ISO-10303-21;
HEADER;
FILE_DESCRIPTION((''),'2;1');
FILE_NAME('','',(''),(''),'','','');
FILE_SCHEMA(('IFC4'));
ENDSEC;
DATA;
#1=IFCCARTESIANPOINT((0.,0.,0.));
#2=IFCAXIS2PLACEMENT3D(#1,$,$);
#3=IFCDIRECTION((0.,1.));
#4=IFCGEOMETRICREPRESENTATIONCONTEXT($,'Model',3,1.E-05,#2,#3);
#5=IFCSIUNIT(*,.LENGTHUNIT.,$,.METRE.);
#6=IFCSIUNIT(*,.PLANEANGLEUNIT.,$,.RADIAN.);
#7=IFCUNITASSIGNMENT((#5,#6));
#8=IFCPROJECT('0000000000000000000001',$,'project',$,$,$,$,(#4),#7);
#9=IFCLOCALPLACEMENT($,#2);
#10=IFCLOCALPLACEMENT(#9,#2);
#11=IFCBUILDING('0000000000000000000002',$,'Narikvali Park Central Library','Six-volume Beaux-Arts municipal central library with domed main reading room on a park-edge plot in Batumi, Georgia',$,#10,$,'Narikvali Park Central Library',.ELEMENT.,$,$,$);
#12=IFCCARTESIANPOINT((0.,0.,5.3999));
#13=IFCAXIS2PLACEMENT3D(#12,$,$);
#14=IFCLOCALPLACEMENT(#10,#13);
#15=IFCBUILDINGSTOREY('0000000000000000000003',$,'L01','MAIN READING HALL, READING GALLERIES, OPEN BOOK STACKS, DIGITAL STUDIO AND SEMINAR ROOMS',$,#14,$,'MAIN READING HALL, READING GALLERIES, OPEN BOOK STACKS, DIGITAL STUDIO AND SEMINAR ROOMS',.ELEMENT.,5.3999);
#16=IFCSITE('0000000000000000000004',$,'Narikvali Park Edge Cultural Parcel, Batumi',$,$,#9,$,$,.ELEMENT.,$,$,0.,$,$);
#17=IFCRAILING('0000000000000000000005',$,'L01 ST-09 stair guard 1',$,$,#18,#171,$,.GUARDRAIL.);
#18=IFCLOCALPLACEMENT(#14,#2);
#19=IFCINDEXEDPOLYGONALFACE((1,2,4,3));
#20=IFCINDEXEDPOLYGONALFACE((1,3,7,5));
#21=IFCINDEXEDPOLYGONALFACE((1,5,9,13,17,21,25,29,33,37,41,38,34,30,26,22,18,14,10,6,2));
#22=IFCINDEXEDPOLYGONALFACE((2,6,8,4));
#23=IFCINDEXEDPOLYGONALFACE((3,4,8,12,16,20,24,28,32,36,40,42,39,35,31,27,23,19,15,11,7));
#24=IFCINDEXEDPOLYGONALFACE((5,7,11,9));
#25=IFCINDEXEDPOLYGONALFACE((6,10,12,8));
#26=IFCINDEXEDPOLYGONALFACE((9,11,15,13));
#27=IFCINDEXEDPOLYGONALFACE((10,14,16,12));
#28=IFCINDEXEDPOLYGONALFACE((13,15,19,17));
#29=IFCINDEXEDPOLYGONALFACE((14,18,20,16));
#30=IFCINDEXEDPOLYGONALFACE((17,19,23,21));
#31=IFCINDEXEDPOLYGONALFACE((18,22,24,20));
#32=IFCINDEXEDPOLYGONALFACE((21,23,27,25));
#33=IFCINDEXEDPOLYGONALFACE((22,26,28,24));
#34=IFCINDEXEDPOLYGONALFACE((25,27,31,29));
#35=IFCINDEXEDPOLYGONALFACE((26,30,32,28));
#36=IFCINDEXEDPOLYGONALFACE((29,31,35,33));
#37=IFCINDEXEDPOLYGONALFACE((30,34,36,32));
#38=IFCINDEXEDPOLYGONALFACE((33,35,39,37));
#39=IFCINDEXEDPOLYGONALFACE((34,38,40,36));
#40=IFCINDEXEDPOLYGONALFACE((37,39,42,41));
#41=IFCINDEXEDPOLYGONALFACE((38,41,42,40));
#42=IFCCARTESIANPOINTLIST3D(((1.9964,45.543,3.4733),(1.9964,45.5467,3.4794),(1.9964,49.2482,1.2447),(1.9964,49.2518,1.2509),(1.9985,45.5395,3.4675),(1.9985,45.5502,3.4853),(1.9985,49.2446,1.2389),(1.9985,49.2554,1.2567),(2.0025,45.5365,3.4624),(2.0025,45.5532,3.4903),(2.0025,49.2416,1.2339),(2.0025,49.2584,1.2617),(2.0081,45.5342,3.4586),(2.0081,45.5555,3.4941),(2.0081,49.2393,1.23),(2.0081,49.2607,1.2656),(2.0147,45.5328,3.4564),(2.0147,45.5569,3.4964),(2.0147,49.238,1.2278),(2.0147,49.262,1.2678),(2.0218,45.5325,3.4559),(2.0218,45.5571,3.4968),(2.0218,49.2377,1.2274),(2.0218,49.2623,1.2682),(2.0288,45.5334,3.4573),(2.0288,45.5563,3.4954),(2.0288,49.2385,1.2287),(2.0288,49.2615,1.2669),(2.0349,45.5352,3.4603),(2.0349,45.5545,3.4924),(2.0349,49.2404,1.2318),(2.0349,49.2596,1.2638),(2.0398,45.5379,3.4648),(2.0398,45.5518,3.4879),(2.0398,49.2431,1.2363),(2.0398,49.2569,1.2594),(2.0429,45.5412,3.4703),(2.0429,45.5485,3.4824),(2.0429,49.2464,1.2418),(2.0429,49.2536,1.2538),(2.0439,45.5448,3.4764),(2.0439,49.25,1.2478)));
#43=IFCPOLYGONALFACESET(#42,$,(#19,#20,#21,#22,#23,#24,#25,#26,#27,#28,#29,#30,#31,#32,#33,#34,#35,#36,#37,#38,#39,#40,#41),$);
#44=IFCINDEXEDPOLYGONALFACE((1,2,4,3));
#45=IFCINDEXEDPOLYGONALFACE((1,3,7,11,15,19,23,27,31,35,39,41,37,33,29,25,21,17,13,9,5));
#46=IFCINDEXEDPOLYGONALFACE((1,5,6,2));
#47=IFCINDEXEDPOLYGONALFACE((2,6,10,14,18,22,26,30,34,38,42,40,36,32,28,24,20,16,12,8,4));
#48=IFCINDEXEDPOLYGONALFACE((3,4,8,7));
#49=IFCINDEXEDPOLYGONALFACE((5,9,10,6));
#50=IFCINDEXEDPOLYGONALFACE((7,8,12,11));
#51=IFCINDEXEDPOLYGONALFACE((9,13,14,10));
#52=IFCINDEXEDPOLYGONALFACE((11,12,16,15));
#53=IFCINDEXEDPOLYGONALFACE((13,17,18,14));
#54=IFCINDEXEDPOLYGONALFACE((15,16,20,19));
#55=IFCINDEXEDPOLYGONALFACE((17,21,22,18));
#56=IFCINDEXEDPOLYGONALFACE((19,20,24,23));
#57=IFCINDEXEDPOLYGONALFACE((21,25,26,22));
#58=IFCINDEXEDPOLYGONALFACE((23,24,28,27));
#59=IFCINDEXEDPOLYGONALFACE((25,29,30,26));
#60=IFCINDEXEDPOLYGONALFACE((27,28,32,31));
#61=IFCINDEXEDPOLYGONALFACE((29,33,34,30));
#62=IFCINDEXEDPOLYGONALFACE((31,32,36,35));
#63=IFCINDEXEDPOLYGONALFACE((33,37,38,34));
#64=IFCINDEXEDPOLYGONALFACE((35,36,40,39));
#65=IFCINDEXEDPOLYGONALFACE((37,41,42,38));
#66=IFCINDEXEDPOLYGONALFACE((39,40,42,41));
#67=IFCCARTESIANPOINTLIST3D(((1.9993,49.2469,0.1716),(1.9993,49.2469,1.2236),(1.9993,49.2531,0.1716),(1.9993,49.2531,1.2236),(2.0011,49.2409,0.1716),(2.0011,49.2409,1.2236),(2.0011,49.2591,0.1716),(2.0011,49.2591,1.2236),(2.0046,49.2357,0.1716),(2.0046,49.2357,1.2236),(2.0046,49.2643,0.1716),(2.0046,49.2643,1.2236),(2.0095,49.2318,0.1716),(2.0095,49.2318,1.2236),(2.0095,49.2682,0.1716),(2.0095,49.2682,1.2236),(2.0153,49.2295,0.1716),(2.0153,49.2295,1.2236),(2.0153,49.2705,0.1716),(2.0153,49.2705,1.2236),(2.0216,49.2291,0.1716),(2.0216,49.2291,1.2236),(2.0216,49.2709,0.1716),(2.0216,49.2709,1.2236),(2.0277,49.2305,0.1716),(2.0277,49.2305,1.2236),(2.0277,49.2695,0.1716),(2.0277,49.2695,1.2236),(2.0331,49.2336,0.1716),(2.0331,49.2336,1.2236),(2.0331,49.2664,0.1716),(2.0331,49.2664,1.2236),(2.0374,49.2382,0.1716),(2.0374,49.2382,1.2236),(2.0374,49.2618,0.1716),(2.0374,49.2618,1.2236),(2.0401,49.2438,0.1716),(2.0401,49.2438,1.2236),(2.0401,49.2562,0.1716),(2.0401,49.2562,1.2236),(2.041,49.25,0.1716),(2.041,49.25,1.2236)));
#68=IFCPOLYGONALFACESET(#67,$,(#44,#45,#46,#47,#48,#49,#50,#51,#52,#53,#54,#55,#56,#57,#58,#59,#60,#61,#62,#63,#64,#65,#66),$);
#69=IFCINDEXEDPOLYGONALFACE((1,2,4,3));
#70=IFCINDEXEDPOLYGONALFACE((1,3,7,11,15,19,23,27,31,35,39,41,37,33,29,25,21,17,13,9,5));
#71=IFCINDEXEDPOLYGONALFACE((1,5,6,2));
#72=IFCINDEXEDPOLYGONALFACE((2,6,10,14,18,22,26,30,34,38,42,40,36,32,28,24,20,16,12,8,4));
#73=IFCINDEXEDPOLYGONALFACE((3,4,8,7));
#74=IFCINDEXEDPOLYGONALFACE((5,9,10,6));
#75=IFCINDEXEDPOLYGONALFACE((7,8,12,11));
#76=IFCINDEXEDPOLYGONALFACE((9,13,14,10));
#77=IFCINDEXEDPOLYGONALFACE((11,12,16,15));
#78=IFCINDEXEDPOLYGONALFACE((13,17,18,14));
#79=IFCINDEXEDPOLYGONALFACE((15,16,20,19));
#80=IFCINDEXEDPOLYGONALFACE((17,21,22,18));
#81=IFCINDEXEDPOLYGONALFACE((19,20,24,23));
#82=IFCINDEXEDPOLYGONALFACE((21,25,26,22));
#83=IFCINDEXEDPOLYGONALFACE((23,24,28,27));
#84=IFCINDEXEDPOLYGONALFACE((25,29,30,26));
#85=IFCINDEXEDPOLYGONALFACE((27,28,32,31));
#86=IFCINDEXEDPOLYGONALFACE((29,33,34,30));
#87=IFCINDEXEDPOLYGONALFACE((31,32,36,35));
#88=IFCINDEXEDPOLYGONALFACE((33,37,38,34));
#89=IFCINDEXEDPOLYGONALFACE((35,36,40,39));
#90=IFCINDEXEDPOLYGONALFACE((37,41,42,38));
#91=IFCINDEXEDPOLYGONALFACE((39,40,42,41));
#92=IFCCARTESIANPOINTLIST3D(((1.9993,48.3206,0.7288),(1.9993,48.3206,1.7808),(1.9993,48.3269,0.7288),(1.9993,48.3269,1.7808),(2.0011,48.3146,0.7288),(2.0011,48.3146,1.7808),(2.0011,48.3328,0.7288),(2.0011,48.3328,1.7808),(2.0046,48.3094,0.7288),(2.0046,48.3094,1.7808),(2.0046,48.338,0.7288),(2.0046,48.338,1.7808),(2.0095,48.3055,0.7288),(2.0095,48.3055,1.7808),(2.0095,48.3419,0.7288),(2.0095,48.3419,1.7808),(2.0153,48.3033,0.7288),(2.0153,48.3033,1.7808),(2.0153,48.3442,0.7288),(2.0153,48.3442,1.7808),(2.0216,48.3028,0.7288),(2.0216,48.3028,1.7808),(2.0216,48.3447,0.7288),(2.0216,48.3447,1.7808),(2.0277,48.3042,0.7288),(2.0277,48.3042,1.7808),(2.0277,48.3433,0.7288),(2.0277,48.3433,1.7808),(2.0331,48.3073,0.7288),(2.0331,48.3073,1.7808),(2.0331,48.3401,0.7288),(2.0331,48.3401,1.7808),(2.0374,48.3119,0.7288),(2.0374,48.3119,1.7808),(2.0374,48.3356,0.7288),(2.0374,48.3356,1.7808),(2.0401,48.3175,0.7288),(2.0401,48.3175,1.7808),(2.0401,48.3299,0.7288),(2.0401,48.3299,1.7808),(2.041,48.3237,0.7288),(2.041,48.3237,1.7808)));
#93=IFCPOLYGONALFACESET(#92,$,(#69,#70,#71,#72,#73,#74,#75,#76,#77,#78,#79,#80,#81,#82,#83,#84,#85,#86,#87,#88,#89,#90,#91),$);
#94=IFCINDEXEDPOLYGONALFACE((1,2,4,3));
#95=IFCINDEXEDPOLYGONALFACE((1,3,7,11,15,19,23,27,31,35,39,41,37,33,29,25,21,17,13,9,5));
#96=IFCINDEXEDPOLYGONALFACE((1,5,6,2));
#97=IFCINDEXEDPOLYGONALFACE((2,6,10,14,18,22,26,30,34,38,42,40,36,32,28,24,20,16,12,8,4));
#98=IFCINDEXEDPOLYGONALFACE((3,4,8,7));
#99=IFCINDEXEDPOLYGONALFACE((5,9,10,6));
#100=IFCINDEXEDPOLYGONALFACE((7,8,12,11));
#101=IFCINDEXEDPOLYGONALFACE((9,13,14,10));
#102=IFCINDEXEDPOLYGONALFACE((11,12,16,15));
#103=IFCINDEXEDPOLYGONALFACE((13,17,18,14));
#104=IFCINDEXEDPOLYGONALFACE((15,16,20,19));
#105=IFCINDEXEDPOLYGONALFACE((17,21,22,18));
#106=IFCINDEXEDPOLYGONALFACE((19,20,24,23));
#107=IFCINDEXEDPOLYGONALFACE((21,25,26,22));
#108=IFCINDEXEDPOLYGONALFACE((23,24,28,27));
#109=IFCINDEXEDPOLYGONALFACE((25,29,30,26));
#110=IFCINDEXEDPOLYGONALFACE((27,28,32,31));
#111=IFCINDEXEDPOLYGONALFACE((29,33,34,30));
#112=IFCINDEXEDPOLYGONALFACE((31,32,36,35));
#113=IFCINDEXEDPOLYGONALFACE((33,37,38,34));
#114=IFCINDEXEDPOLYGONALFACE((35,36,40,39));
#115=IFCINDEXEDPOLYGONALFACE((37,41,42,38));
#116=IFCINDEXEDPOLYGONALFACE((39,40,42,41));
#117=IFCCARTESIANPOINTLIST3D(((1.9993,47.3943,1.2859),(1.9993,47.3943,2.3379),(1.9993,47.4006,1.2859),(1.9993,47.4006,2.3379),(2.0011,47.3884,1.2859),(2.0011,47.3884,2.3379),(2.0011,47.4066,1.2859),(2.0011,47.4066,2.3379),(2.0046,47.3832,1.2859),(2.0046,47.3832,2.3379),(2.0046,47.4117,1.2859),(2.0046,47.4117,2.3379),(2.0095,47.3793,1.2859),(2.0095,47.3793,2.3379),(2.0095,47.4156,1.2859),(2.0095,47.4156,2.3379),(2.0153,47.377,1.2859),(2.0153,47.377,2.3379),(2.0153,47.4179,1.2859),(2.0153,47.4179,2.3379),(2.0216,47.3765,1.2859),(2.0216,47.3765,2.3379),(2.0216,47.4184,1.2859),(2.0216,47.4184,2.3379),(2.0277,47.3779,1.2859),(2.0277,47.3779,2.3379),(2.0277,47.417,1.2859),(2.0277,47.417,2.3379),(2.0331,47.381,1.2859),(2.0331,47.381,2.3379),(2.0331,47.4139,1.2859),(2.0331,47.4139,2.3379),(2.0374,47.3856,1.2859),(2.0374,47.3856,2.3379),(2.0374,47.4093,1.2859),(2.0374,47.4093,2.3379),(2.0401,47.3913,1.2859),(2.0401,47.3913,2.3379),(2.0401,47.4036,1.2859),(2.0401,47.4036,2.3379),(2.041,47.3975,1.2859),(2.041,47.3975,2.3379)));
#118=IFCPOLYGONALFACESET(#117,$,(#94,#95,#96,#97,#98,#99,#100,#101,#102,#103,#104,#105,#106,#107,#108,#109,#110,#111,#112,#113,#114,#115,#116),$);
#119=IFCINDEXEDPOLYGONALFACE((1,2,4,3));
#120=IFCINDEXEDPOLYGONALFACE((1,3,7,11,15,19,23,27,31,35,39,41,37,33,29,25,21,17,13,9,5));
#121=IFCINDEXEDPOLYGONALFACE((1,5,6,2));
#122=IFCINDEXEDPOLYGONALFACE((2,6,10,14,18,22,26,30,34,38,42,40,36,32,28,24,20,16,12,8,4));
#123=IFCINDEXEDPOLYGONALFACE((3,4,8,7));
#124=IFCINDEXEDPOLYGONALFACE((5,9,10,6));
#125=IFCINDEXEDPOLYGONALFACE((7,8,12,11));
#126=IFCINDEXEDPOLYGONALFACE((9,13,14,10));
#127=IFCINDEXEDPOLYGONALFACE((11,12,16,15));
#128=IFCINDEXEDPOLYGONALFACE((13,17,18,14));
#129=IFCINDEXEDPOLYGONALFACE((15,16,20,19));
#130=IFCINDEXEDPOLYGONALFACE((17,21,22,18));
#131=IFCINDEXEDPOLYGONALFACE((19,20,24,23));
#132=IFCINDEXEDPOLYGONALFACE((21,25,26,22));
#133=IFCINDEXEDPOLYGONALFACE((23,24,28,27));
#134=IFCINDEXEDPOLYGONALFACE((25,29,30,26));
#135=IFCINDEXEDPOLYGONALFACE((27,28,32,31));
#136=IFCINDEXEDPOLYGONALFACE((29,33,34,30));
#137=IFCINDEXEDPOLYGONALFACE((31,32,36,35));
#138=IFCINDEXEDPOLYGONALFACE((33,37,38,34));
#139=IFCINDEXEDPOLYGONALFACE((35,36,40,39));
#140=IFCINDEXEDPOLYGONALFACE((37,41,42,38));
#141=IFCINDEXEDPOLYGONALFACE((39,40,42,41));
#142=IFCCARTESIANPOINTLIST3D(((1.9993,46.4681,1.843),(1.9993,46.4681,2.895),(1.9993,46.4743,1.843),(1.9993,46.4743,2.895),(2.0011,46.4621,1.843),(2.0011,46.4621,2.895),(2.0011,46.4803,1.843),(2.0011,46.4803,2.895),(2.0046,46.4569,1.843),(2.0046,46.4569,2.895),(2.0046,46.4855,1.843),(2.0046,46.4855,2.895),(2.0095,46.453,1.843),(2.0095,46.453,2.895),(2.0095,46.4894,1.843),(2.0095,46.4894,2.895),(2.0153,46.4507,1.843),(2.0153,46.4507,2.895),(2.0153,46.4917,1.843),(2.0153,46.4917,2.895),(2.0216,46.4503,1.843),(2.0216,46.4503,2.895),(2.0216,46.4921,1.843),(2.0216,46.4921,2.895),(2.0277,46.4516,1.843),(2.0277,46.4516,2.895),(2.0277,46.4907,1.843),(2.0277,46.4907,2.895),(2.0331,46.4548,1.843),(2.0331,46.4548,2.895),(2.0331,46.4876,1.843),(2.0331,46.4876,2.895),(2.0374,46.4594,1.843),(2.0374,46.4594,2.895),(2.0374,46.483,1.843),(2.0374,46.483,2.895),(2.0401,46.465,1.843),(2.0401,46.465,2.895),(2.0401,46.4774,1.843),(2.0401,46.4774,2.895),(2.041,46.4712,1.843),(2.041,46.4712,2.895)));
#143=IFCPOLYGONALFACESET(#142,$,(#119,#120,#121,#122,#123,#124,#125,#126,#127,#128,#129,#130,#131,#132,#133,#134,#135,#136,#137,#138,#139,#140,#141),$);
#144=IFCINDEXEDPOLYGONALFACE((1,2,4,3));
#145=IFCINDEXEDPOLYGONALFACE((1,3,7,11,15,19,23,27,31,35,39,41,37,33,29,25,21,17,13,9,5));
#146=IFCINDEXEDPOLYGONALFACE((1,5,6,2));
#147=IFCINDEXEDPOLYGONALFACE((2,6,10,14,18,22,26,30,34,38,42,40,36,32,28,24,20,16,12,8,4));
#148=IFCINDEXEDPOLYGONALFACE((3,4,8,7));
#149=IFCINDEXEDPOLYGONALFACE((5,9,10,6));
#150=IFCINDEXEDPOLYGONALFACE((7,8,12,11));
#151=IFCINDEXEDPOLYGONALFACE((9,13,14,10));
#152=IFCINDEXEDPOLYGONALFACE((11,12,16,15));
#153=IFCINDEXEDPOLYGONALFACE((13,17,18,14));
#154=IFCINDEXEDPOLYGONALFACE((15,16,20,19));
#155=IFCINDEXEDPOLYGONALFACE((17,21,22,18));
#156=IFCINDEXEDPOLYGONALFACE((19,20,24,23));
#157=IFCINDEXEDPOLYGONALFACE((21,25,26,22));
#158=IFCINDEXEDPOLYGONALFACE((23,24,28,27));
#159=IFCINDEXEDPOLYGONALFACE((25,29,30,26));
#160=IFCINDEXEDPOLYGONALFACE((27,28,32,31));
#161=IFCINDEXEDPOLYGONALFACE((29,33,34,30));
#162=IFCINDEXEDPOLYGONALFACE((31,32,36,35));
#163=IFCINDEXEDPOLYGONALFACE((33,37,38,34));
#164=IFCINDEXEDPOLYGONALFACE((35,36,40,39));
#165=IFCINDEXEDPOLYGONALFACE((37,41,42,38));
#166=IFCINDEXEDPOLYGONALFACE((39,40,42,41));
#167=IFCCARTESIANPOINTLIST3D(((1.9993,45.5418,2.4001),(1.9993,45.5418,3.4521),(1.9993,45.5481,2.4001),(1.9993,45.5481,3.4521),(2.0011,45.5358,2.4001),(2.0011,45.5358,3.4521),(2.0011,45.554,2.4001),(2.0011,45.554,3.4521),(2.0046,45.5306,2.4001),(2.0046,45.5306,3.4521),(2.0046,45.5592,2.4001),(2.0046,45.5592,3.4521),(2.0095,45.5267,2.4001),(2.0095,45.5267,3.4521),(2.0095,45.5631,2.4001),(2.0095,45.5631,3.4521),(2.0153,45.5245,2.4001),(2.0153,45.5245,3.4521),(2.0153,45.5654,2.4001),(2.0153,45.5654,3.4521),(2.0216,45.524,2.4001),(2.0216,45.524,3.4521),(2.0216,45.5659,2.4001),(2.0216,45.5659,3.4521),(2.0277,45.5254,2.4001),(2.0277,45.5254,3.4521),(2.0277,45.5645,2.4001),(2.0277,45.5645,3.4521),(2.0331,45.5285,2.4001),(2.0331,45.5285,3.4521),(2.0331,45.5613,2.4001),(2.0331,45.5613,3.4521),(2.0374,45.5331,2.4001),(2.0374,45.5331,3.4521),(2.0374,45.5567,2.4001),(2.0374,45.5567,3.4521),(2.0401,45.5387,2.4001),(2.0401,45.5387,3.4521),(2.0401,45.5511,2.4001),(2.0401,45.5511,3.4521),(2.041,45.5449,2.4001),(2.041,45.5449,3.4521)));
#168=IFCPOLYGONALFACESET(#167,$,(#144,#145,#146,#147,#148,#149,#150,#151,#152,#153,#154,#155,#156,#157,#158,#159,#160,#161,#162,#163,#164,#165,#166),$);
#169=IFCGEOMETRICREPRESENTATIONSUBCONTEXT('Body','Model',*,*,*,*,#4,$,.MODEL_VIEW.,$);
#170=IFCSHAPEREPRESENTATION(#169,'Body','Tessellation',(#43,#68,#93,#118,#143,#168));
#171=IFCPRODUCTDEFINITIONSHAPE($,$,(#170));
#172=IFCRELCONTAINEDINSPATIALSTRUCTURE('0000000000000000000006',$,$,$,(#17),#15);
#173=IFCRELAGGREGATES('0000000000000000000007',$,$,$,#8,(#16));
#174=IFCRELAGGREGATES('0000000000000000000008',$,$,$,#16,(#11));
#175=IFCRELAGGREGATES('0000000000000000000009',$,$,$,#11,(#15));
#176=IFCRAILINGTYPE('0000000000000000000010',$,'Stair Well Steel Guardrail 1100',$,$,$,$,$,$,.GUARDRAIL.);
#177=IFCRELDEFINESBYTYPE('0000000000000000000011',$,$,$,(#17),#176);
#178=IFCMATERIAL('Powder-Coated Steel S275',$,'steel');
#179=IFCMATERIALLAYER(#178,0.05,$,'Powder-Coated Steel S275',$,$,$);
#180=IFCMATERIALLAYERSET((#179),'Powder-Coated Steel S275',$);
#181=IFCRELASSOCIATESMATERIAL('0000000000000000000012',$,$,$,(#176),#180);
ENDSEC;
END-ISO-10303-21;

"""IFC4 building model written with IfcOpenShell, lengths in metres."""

from ifc_helpers import new_model, si_unit, direction, frame, origin, origin_2d, place, context, subcontext, project, spatial, circle, extrude, material, layer, layer_set, type_object, element, save


model = new_model("IFC4")

# Units and contexts
model_context = context("Model", 3, precision=1e-05, world=origin(), true_north=direction((0.0, 1.0)))
body_context = subcontext(model_context, "Body", "Model", "MODEL_VIEW")
ifc_project = project(units=[si_unit("LENGTHUNIT", "METRE"), si_unit("PLANEANGLEUNIT", "RADIAN")], contexts=[model_context])

# Site, building, storey
site_placement = place(None, origin())
site = spatial("IfcSite", under=ifc_project, at=site_placement, Name="Narikvali Park Edge Cultural Parcel, Batumi", CompositionType="ELEMENT", RefElevation=0.0)
building_placement = place(site_placement, origin())
building = spatial("IfcBuilding", under=site, at=building_placement, Name="Narikvali Park Central Library", Description="Six-volume Beaux-Arts municipal central library with domed main reading room on a park-edge plot in Batumi, Georgia", LongName="Narikvali Park Central Library", CompositionType="ELEMENT")
storey_placement = place(building_placement, frame((0.0, 0.0, 5.3999)))
storey = spatial("IfcBuildingStorey", under=building, at=storey_placement, Name="L01", Description="MAIN READING HALL, READING GALLERIES, OPEN BOOK STACKS, DIGITAL STUDIO AND SEMINAR ROOMS", LongName="MAIN READING HALL, READING GALLERIES, OPEN BOOK STACKS, DIGITAL STUDIO AND SEMINAR ROOMS", CompositionType="ELEMENT", Elevation=5.3999)

# Railing
ifc_material_1 = material(Name="Powder-Coated Steel S275", Category="steel")
ifc_layer_1 = layer(ifc_material_1, 0.05, Name="Powder-Coated Steel S275")
ifc_layer_set_1 = layer_set([ifc_layer_1], Name="Powder-Coated Steel S275")
railing_type_1 = type_object("IfcRailingType", Name="Stair Well Steel Guardrail 1100", PredefinedType="GUARDRAIL", material=ifc_layer_set_1)
railing_1_placement = place(storey_placement, frame((2.02, 49.25, 0.1716)))
element("IfcRailing", 1, at=railing_1_placement, inside=storey, type_object=railing_type_1, Name="L01 ST-09 stair guard 1", PredefinedType="GUARDRAIL", context=body_context, shape_type="SweptSolid", body=[
    extrude(circle(Radius=0.0239, at=origin_2d()), frame((0.0, 0.0, 1.0762), z_axis=(0.0, -0.856934, 0.515425), x_axis=(1.0, 0.0, 0.0)), (0.0, 0.0, 1.0), 4.3237),
    extrude(circle(Radius=0.021, at=origin_2d()), origin(), (0.0, 0.0, 1.0), 1.052),
    extrude(circle(Radius=0.021, at=origin_2d()), frame((0.0, -0.9263, 0.5571)), (0.0, 0.0, 1.0), 1.052),
    extrude(circle(Radius=0.021, at=origin_2d()), frame((0.0, -1.8525, 1.1143)), (0.0, 0.0, 1.0), 1.052),
    extrude(circle(Radius=0.021, at=origin_2d()), frame((0.0, -2.7788, 1.6714)), (0.0, 0.0, 1.0), 1.052),
    extrude(circle(Radius=0.021, at=origin_2d()), frame((0.0, -3.7051, 2.2285)), (0.0, 0.0, 1.0), 1.052),
])

save(model, "model.ifc")
